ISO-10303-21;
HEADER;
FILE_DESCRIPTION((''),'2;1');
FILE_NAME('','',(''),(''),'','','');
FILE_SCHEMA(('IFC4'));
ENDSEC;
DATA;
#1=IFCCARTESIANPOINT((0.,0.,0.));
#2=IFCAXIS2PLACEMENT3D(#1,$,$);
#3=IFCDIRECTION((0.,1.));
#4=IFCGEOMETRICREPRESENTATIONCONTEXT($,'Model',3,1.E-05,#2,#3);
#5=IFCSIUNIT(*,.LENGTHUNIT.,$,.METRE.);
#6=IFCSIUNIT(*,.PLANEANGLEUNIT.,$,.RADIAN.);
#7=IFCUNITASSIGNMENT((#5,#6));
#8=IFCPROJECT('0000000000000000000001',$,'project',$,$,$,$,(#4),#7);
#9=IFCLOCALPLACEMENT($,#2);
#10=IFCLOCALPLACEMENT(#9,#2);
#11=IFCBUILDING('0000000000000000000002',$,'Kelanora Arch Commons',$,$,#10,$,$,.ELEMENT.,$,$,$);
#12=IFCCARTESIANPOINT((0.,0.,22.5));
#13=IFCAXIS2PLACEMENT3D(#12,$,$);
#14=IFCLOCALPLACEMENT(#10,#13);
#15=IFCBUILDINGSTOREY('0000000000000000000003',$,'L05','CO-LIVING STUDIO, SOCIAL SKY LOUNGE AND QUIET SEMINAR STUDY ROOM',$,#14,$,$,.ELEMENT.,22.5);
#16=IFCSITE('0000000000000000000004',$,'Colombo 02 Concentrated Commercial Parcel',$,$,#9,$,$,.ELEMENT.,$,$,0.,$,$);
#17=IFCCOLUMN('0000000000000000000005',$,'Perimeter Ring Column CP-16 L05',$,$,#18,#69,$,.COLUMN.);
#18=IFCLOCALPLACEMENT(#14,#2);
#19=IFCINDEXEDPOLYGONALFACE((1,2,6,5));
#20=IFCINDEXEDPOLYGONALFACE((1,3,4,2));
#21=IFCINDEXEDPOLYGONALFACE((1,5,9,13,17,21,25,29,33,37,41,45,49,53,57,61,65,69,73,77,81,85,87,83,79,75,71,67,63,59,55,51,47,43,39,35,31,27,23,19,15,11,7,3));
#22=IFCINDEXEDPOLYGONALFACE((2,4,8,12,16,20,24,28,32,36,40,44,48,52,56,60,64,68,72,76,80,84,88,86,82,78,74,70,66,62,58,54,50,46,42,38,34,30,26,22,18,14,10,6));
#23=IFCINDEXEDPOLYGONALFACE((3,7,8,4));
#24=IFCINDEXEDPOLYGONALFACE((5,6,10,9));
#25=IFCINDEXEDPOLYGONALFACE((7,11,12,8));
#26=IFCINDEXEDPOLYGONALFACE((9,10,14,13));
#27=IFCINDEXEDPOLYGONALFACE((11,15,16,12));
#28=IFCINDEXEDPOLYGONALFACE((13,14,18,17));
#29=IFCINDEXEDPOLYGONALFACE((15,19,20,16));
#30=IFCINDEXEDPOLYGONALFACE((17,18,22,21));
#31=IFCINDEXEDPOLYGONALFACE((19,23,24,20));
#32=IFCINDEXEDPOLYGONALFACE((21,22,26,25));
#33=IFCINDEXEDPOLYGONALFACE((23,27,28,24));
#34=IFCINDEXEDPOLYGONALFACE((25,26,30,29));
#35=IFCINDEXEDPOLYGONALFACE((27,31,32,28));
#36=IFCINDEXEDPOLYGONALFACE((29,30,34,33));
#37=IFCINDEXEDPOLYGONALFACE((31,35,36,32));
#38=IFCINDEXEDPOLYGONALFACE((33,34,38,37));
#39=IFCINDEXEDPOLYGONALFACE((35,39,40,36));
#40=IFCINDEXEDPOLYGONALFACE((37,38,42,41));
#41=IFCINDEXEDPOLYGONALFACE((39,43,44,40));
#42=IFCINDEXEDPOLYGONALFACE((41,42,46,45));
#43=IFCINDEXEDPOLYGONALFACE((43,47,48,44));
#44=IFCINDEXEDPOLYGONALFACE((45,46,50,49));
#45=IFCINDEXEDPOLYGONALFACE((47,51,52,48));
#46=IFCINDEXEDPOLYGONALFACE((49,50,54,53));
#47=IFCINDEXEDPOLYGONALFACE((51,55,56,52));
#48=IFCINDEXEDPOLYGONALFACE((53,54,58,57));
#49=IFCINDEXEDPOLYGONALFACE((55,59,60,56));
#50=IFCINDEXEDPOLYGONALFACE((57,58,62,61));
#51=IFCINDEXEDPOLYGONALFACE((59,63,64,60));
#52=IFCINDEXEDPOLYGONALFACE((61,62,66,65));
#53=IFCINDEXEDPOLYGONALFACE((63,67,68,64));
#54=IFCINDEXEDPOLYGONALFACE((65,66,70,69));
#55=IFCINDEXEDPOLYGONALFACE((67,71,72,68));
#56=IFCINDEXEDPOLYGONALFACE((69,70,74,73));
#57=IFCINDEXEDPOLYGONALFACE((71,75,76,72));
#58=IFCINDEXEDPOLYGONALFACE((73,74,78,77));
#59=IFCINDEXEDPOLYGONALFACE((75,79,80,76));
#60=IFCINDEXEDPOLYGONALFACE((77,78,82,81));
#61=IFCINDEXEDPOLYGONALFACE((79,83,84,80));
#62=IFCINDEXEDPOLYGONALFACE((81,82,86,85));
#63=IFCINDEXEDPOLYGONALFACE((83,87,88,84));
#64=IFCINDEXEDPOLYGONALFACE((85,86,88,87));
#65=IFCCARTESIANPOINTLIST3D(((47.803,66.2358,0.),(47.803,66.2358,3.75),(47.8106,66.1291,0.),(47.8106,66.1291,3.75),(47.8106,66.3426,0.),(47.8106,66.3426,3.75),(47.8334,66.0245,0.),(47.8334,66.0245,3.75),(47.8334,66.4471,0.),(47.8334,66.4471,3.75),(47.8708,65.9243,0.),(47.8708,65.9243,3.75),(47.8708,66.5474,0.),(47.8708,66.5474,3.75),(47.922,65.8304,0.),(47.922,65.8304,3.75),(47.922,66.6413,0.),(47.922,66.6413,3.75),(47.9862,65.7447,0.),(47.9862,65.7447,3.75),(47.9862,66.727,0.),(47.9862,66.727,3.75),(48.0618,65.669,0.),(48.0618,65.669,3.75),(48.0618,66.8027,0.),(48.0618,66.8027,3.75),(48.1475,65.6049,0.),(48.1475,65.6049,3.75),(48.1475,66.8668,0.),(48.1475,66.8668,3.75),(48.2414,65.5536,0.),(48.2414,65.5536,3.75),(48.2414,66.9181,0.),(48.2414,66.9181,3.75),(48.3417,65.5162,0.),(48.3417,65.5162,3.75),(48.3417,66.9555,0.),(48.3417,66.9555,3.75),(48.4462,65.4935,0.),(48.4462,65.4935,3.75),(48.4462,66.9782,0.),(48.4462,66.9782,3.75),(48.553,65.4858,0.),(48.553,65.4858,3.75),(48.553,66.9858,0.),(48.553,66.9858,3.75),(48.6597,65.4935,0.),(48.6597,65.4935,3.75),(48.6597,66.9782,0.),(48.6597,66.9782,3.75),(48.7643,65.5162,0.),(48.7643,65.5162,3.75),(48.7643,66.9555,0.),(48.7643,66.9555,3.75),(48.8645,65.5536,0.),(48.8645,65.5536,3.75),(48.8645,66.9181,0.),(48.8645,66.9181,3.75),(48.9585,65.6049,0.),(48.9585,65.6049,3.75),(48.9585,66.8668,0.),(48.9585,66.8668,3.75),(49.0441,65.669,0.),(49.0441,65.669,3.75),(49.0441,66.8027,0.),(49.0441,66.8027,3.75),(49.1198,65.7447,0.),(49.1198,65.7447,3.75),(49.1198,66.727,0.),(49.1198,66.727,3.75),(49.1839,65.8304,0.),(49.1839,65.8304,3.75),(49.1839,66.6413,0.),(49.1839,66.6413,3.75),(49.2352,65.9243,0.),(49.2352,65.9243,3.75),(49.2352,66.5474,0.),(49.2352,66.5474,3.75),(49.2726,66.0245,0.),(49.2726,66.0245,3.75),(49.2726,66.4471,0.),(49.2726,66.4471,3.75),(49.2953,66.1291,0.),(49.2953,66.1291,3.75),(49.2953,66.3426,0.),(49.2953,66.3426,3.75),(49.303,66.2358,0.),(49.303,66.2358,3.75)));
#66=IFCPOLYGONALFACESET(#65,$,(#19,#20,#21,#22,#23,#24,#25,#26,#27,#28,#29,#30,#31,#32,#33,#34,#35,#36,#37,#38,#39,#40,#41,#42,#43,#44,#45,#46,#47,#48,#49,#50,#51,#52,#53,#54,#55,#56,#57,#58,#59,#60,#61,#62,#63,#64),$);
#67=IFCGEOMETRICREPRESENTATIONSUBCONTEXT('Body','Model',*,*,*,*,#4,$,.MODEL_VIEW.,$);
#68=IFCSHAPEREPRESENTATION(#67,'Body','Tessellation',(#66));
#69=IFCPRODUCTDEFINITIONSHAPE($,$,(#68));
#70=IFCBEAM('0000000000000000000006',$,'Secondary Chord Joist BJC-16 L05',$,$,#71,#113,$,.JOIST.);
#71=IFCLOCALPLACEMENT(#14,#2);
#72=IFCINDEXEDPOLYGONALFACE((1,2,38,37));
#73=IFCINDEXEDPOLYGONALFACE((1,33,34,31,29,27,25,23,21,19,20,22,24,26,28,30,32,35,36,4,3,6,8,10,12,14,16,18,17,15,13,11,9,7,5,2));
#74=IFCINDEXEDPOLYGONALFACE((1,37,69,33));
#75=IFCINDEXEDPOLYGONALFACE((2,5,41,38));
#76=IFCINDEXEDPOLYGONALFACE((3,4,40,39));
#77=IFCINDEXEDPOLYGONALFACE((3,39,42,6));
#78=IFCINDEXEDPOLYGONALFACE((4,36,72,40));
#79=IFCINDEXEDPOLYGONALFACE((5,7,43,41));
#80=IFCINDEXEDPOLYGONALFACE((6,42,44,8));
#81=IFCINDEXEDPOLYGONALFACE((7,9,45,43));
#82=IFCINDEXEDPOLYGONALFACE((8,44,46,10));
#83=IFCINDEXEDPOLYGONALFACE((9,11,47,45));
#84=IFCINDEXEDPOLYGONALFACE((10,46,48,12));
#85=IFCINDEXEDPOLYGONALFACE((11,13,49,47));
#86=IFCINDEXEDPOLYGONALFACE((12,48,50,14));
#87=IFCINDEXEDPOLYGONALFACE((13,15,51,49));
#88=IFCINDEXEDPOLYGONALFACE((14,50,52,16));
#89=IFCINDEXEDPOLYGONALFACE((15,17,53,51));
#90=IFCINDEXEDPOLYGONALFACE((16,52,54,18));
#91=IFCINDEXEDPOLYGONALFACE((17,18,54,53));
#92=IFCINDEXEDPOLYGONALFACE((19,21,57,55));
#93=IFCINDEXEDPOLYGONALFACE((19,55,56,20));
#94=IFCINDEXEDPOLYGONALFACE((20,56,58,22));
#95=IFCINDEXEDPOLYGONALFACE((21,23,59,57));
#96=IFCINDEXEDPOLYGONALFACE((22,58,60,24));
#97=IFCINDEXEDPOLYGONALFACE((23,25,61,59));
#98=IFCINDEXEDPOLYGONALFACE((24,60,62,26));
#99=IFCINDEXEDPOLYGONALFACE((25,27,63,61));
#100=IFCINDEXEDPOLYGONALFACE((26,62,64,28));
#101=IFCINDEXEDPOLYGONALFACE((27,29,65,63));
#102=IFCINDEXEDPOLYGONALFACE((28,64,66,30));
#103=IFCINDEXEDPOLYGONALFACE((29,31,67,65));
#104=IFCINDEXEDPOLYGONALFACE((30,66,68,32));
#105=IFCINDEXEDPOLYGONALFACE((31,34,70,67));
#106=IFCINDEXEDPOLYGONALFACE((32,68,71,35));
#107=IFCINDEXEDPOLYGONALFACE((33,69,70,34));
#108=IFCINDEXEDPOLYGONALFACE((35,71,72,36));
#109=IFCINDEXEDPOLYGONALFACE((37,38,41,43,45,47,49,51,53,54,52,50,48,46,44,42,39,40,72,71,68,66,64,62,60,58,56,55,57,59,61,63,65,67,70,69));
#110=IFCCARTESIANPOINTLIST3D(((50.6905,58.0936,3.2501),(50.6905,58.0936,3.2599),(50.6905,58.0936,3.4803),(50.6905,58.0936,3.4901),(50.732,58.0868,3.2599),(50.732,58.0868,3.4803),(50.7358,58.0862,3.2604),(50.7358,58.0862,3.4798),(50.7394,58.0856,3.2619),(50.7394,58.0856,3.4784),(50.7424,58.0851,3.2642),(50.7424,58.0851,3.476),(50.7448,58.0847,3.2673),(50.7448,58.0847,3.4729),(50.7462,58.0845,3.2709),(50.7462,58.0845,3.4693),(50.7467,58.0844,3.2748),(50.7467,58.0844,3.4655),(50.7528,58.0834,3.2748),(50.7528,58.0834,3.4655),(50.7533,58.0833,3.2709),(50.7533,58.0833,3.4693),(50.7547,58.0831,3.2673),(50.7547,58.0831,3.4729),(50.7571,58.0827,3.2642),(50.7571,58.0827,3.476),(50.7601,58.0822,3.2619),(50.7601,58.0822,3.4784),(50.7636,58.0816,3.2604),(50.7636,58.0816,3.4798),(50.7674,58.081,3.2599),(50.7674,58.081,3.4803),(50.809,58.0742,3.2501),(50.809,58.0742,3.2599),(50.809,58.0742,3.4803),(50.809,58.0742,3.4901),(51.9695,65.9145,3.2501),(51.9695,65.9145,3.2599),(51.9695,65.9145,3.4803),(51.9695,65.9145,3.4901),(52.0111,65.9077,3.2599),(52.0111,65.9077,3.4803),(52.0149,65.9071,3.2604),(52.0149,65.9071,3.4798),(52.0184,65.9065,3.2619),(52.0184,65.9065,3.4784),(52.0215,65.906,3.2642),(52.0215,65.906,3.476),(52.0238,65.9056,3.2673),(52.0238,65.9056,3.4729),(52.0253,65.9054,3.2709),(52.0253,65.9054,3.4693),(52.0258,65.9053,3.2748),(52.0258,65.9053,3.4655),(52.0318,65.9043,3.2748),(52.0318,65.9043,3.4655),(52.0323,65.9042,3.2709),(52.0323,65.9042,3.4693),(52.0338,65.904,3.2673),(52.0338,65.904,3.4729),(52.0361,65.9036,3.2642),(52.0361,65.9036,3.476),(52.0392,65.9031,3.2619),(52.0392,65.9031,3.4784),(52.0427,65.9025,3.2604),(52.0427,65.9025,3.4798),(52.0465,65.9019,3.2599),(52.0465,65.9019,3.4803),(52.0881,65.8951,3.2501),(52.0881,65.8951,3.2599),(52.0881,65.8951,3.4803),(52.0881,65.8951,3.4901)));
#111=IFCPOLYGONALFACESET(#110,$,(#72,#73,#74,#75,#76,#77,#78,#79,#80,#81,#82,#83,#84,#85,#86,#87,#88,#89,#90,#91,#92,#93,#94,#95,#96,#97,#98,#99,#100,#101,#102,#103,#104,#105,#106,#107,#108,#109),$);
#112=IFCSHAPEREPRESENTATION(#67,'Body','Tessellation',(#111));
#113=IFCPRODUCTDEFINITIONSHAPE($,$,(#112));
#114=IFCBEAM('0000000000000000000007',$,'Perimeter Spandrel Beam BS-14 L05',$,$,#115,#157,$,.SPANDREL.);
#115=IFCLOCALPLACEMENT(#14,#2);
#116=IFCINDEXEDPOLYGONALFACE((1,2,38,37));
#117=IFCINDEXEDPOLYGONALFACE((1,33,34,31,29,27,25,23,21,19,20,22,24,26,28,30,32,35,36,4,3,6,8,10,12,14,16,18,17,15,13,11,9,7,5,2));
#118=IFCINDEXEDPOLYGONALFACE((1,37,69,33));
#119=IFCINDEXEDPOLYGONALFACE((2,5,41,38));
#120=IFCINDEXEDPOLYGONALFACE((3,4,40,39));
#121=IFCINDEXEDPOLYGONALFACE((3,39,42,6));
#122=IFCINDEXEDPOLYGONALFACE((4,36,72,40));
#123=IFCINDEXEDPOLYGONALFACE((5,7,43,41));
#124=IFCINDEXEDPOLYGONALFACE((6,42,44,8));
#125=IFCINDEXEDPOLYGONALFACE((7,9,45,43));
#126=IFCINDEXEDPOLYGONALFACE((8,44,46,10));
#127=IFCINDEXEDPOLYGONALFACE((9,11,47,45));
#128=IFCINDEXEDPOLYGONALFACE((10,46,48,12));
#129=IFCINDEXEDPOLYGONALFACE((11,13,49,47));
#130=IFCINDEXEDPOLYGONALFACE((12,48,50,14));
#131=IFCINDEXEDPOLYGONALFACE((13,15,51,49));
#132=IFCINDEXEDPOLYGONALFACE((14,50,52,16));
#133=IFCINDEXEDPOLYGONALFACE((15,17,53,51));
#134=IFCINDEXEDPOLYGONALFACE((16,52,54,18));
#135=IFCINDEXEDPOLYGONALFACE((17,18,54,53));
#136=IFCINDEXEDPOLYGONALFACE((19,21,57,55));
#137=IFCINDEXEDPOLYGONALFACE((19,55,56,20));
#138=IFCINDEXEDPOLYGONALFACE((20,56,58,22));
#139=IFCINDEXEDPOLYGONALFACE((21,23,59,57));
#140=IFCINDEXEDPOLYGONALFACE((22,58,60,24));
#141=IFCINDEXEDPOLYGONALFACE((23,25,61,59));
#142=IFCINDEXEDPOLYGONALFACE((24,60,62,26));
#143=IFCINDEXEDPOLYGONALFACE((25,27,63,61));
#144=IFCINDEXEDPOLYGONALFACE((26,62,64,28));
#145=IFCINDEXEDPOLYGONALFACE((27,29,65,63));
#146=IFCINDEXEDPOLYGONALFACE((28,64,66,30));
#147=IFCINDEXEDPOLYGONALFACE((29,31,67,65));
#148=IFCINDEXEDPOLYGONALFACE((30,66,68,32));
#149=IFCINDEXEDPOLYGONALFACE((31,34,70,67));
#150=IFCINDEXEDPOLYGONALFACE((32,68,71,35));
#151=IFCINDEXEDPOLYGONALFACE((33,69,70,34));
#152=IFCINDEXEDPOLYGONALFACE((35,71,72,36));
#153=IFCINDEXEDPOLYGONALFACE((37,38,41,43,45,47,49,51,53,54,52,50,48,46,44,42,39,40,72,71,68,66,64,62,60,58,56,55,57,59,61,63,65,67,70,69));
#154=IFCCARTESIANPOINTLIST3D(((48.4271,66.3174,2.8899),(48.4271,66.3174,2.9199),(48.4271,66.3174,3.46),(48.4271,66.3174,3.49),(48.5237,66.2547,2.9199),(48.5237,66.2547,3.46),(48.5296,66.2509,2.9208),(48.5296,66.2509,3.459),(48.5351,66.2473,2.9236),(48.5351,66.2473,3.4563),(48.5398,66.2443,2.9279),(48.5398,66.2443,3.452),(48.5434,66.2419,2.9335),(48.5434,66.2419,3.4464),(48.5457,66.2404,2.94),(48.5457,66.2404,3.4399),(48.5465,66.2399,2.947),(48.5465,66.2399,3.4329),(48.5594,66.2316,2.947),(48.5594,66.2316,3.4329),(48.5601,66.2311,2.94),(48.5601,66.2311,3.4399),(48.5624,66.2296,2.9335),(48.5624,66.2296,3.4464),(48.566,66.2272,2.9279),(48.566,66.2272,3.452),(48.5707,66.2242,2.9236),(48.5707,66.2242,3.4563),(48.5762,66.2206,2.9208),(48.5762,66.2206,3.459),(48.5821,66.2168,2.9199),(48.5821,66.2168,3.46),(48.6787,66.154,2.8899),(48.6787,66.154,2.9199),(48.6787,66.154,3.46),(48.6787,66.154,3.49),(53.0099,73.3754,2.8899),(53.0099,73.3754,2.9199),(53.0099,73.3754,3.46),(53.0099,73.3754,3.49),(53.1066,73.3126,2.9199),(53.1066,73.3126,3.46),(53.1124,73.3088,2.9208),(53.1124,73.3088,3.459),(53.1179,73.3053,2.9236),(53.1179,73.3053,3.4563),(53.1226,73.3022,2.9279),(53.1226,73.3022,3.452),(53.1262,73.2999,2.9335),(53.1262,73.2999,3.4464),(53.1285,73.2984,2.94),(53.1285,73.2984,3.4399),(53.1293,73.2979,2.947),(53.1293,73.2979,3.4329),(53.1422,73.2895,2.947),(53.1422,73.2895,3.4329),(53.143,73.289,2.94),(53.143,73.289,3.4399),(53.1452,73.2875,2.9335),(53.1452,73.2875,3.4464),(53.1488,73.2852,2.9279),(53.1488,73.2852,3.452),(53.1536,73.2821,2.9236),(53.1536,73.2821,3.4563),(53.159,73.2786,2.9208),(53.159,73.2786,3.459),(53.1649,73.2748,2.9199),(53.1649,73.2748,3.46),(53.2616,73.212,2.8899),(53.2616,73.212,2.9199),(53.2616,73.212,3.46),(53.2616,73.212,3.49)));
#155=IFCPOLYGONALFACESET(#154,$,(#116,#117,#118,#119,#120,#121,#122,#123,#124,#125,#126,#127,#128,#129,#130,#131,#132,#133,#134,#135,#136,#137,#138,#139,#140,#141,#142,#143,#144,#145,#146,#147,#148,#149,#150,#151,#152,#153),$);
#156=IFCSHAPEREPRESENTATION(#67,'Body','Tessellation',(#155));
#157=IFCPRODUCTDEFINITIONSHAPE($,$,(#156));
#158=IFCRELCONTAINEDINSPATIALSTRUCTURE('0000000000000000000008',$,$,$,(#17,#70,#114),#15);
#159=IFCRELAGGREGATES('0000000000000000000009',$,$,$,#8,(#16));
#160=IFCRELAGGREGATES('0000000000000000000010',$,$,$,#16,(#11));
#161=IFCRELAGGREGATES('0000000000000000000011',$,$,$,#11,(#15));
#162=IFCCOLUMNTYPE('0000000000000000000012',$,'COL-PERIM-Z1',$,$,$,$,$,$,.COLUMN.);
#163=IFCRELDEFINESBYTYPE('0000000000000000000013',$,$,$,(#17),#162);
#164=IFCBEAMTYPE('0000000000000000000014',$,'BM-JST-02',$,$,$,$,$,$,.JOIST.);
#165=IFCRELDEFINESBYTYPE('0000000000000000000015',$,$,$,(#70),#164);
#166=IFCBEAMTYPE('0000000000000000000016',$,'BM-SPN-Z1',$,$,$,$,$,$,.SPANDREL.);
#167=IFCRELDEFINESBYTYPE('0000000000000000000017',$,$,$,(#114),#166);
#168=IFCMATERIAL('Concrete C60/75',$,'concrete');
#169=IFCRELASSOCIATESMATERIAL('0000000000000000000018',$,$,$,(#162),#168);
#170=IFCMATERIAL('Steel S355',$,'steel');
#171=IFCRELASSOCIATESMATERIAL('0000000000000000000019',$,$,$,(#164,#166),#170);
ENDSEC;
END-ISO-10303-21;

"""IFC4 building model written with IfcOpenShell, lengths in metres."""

from ifc_helpers import new_model, si_unit, direction, frame, origin, origin_2d, place, context, subcontext, project, spatial, circle, i_section, extrude, material, material_profile, profile_set, type_object, element, save


model = new_model("IFC4")

# Units and contexts
model_context = context("Model", 3, precision=1e-05, world=origin(), true_north=direction((0.0, 1.0)))
body_context = subcontext(model_context, "Body", "Model", "MODEL_VIEW")
ifc_project = project(units=[si_unit("LENGTHUNIT", "METRE"), si_unit("PLANEANGLEUNIT", "RADIAN")], contexts=[model_context])

# Site, building, storey
site_placement = place(None, origin())
site = spatial("IfcSite", under=ifc_project, at=site_placement, Name="Colombo 02 Concentrated Commercial Parcel", CompositionType="ELEMENT", RefElevation=0.0)
building_placement = place(site_placement, origin())
building = spatial("IfcBuilding", under=site, at=building_placement, Name="Kelanora Arch Commons", CompositionType="ELEMENT")
storey_placement = place(building_placement, frame((0.0, 0.0, 22.5)))
storey = spatial("IfcBuildingStorey", under=building, at=storey_placement, Name="L05", Description="CO-LIVING STUDIO, SOCIAL SKY LOUNGE AND QUIET SEMINAR STUDY ROOM", CompositionType="ELEMENT", Elevation=22.5)

# Column
ifc_material_1 = material(Name="Concrete C60/75", Category="concrete")
ifc_material_profile_1 = material_profile(ifc_material_1, circle(Radius=0.75, at=origin_2d()), Name="RCC1500")
ifc_profile_set_1 = profile_set([ifc_material_profile_1], Name="Concrete C60/75")
column_type = type_object("IfcColumnType", Name="COL-PERIM-Z1", PredefinedType="COLUMN", material=ifc_profile_set_1)
column_placement = place(storey_placement, frame((48.553, 66.2358, 0.0), z_axis=(0.0, 0.0, 1.0), x_axis=(1.0, 0.0, 0.0)))
element("IfcColumn", 1, at=column_placement, inside=storey, type_object=column_type, Name="Perimeter Ring Column CP-16 L05", PredefinedType="COLUMN", context=body_context, shape_type="SweptSolid", body=[
    extrude(circle(Radius=0.75, at=origin_2d()), origin(), (0.0, 0.0, 1.0), 3.75),
])

# Beams
ifc_material_2 = material(Name="Steel S355", Category="steel")
ifc_material_profile_2 = material_profile(ifc_material_2, i_section(OverallWidth=0.1201, OverallDepth=0.24, WebThickness=0.0061, FlangeThickness=0.0098, FilletRadius=0.0149, at=origin_2d()), Name="IPE240")
ifc_profile_set_2 = profile_set([ifc_material_profile_2], Name="Steel S355")
beam_type_1 = type_object("IfcBeamType", Name="BM-JST-02", PredefinedType="JOIST", material=ifc_profile_set_2)
beam_1_placement = place(storey_placement, frame((52.0288, 65.9048, 3.3701), z_axis=(-0.161401, -0.986889, 0.0), x_axis=(0.986889, -0.161401, 0.0)))
element("IfcBeam", 2, at=beam_1_placement, inside=storey, type_object=beam_type_1, Name="Secondary Chord Joist BJC-16 L05", PredefinedType="JOIST", context=body_context, shape_type="SweptSolid", body=[
    extrude(i_section(OverallWidth=0.1201, OverallDepth=0.24, WebThickness=0.0061, FlangeThickness=0.0098, FilletRadius=0.0149, at=origin_2d()), origin(), (0.0, 0.0, 1.0), 7.9248),
])
ifc_material_profile_3 = material_profile(ifc_material_2, i_section(OverallWidth=0.3, OverallDepth=0.6001, WebThickness=0.0154, FlangeThickness=0.03, FilletRadius=0.0271, at=origin_2d()), Name="HEB600")
ifc_profile_set_3 = profile_set([ifc_material_profile_3], Name="Steel S355")
beam_type_2 = type_object("IfcBeamType", Name="BM-SPN-Z1", PredefinedType="SPANDREL", material=ifc_profile_set_3)
beam_2_placement = place(storey_placement, frame((53.1357, 73.2937, 3.1899), z_axis=(-0.544583, -0.838707, 0.0), x_axis=(0.838707, -0.544583, 0.0)))
element("IfcBeam", 3, at=beam_2_placement, inside=storey, type_object=beam_type_2, Name="Perimeter Spandrel Beam BS-14 L05", PredefinedType="SPANDREL", context=body_context, shape_type="SweptSolid", body=[
    extrude(i_section(OverallWidth=0.3, OverallDepth=0.6001, WebThickness=0.0154, FlangeThickness=0.03, FilletRadius=0.0271, at=origin_2d()), origin(), (0.0, 0.0, 1.0), 8.4153),
])

save(model, "model.ifc")
